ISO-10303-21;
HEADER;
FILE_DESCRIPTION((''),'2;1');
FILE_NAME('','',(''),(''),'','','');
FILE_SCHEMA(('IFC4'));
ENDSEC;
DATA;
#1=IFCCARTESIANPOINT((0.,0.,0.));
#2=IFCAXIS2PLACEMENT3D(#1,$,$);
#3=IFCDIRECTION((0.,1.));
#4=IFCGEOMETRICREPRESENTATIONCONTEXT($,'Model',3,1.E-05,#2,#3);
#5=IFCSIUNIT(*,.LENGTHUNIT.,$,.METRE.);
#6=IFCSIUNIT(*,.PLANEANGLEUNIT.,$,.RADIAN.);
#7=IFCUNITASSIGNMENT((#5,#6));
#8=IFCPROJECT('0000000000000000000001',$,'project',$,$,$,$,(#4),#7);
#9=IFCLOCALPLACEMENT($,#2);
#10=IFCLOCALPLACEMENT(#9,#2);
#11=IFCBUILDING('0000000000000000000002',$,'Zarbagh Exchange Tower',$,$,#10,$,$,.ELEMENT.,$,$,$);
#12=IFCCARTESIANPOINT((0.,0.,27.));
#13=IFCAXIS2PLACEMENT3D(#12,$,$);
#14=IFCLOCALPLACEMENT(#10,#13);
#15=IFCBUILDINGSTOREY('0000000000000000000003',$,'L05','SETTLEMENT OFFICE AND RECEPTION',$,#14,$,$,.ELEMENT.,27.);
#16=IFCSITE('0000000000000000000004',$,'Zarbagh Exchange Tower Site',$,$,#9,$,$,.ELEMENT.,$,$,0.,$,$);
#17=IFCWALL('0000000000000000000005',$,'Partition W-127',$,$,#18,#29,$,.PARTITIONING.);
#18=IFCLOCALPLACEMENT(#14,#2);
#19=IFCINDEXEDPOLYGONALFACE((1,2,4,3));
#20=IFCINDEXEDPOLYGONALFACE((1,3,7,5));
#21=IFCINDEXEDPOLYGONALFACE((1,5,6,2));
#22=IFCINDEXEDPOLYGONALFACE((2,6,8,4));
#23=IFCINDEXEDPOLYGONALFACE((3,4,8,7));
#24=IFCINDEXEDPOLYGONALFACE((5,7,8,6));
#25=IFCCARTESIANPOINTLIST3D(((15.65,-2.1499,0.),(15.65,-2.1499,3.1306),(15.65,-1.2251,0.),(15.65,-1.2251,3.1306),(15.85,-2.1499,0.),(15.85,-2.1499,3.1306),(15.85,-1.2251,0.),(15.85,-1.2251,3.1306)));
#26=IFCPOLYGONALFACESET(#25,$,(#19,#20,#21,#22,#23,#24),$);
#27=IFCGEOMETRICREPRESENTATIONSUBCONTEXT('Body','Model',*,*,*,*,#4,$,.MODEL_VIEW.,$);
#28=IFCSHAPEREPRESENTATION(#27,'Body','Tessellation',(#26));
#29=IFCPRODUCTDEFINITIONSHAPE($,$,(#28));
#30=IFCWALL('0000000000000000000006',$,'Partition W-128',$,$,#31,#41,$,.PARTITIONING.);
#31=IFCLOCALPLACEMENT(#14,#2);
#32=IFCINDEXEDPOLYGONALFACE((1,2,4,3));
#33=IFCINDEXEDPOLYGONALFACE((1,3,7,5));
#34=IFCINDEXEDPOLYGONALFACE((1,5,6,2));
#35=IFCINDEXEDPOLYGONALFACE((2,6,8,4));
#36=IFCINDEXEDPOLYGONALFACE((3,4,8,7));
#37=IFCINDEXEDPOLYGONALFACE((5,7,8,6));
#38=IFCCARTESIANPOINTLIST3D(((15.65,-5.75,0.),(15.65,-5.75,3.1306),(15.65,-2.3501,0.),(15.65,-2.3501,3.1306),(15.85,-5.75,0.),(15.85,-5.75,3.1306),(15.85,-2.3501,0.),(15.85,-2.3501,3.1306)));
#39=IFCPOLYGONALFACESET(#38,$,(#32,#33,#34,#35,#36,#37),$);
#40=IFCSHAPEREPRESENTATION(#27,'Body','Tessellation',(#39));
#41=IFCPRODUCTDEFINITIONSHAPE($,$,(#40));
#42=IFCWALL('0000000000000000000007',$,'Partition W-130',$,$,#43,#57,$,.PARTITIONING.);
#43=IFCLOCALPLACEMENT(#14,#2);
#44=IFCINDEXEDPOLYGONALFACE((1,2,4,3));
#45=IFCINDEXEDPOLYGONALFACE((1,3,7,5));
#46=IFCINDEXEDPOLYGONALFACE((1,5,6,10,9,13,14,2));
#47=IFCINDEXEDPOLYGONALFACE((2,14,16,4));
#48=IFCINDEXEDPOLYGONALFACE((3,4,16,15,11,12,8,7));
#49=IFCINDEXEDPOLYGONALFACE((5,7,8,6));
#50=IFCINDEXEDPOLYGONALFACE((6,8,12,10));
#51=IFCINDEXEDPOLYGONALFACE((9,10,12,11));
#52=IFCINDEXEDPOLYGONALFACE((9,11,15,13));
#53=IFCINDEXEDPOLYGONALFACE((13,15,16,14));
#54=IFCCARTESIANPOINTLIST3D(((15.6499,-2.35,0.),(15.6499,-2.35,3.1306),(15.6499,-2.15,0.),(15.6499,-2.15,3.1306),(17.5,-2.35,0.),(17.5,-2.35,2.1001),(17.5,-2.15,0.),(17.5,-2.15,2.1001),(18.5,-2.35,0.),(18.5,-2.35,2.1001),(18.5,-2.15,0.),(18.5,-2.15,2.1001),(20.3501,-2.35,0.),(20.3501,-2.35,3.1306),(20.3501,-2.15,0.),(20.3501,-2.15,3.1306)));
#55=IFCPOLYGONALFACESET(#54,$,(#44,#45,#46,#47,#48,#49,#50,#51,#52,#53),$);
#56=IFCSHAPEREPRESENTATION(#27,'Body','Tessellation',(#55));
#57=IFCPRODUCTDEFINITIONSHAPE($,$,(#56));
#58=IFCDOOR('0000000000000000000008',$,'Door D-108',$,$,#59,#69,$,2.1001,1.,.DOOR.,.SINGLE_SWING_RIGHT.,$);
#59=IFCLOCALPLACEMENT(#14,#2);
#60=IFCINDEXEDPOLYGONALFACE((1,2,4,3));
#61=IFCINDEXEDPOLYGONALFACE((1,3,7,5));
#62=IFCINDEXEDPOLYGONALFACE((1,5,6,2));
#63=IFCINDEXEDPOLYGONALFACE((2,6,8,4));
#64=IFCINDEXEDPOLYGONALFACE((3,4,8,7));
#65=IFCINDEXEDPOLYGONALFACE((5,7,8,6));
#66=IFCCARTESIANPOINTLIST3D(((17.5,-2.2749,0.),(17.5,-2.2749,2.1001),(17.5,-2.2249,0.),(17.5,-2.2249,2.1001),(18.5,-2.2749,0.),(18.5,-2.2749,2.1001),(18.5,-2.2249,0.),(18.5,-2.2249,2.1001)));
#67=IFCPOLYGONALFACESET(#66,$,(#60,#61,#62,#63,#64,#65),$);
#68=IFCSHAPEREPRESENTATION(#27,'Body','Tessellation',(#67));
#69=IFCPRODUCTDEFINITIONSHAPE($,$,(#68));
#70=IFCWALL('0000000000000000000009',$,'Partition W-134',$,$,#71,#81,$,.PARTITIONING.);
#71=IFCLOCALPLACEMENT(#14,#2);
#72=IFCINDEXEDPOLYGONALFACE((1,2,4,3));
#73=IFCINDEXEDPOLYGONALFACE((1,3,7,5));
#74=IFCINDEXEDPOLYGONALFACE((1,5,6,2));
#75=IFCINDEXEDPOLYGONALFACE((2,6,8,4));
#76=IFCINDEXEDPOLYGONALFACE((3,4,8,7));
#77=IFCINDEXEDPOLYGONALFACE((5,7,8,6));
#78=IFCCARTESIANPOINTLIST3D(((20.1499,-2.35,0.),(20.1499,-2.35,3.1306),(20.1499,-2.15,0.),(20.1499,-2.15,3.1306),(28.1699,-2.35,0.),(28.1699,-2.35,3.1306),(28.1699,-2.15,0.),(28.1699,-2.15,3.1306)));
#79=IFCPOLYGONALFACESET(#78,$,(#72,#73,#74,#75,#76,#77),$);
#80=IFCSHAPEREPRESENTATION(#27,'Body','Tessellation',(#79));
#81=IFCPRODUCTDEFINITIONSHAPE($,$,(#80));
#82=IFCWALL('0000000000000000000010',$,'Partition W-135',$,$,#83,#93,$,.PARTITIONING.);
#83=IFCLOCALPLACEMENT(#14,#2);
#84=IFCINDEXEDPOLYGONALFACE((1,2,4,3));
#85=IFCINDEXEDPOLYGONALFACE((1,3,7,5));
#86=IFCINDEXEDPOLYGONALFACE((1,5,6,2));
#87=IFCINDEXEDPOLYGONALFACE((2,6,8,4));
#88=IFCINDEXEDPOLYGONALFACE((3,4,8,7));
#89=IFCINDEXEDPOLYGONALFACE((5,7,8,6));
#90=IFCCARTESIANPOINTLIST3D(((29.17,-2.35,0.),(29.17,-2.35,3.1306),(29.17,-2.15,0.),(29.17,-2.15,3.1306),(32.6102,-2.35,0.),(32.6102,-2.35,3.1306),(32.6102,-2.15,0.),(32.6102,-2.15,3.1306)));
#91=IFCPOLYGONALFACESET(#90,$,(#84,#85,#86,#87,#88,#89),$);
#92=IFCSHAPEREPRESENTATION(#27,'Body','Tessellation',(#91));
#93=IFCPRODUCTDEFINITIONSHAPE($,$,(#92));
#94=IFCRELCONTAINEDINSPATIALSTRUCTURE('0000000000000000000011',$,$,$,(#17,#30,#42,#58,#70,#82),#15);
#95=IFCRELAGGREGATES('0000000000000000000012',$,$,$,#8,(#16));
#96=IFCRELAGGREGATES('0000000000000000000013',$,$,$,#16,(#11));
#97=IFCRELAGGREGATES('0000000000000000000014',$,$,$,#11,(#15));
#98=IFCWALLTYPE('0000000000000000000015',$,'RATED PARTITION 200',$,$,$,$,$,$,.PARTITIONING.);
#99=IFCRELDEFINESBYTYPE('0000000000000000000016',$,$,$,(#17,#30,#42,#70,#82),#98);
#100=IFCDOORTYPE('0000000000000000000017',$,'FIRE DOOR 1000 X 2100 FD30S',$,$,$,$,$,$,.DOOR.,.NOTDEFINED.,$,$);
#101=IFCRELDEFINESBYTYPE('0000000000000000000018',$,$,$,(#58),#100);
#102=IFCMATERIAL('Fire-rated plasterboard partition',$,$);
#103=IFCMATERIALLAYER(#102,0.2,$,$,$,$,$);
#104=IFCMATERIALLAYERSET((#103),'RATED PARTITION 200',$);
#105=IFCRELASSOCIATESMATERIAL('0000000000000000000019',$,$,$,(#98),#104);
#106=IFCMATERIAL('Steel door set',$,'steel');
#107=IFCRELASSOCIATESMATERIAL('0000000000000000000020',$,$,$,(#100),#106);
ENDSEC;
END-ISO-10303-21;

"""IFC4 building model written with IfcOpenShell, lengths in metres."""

from ifc_helpers import new_model, si_unit, direction, frame, frame_2d, origin, place, context, subcontext, project, spatial, rectangle, extrude, material, layer, layer_set, type_object, element, fill, save


model = new_model("IFC4")

# Units and contexts
model_context = context("Model", 3, precision=1e-05, world=origin(), true_north=direction((0.0, 1.0)))
body_context = subcontext(model_context, "Body", "Model", "MODEL_VIEW")
ifc_project = project(units=[si_unit("LENGTHUNIT", "METRE"), si_unit("PLANEANGLEUNIT", "RADIAN")], contexts=[model_context])

# Site, building, storey
site_placement = place(None, origin())
site = spatial("IfcSite", under=ifc_project, at=site_placement, Name="Zarbagh Exchange Tower Site", CompositionType="ELEMENT", RefElevation=0.0)
building_placement = place(site_placement, origin())
building = spatial("IfcBuilding", under=site, at=building_placement, Name="Zarbagh Exchange Tower", CompositionType="ELEMENT")
storey_placement = place(building_placement, frame((0.0, 0.0, 27.0)))
storey = spatial("IfcBuildingStorey", under=building, at=storey_placement, Name="L05", Description="SETTLEMENT OFFICE AND RECEPTION", CompositionType="ELEMENT", Elevation=27.0)

# Shared definitions
ifc_material_1 = material(Name="Fire-rated plasterboard partition")
ifc_layer_1 = layer(ifc_material_1, 0.2)
ifc_layer_set_1 = layer_set([ifc_layer_1], Name="RATED PARTITION 200")
wall_type = type_object("IfcWallType", Name="RATED PARTITION 200", PredefinedType="PARTITIONING", material=ifc_layer_set_1)
ifc_material_2 = material(Name="Steel door set", Category="steel")
door_type = type_object("IfcDoorType", Name="FIRE DOOR 1000 X 2100 FD30S", OperationType="NOTDEFINED", PredefinedType="DOOR", material=ifc_material_2)

# Walls
wall_1_placement = place(storey_placement, frame((15.75, -2.1499, 0.0), z_axis=(0.0, 0.0, 1.0), x_axis=(0.0, 1.0, 0.0)))
element("IfcWall", 1, at=wall_1_placement, inside=storey, type_object=wall_type, Name="Partition W-127", PredefinedType="PARTITIONING", context=body_context, shape_type="SweptSolid", body=[
    extrude(rectangle(XDim=0.9248, YDim=0.2, at=frame_2d((0.4624, 0.0))), origin(), (0.0, 0.0, 1.0), 3.1306),
])
wall_2_placement = place(storey_placement, frame((15.75, -5.75, 0.0), z_axis=(0.0, 0.0, 1.0), x_axis=(0.0, 1.0, 0.0)))
element("IfcWall", 2, at=wall_2_placement, inside=storey, type_object=wall_type, Name="Partition W-128", PredefinedType="PARTITIONING", context=body_context, shape_type="SweptSolid", body=[
    extrude(rectangle(XDim=3.3999, YDim=0.2, at=frame_2d((1.7, 0.0))), origin(), (0.0, 0.0, 1.0), 3.1306),
])

# Wall, opening, door
wall_3_placement = place(storey_placement, frame((20.3501, -2.25, 0.0), z_axis=(0.0, 0.0, 1.0), x_axis=(-1.0, 0.0, 0.0)))
wall_3 = element("IfcWall", 3, at=wall_3_placement, inside=storey, type_object=wall_type, Name="Partition W-130", PredefinedType="PARTITIONING", context=body_context, shape_type="SweptSolid", body=[
    extrude(rectangle(XDim=4.7002, YDim=0.2, at=frame_2d((2.3501, 0.0))), origin(), (0.0, 0.0, 1.0), 3.1306),
])
opening_1_placement = place(wall_3_placement, frame((1.8501, 0.0, 0.0)))
opening_1 = element("IfcOpeningElement", 4, at=opening_1_placement, cuts=wall_3, PredefinedType="OPENING", context=body_context, shape_type="SweptSolid", body=[
    extrude(rectangle(XDim=1.0, YDim=2.1001, at=frame_2d((0.5, 1.05))), frame((0.0, 0.1099, 0.0), z_axis=(0.0, -1.0, 0.0), x_axis=(1.0, 0.0, 0.0)), (0.0, 0.0, 1.0), 0.22),
])
door_1_placement = place(opening_1_placement, origin())
door_1 = element("IfcDoor", 5, at=door_1_placement, inside=storey, type_object=door_type, Name="Door D-108", OperationType="SINGLE_SWING_RIGHT", OverallHeight=2.1001, OverallWidth=1.0, PredefinedType="DOOR", context=body_context, shape_type="SweptSolid", body=[
    extrude(rectangle(XDim=1.0, YDim=2.1001, at=frame_2d((0.5, 1.05))), frame((0.0, 0.0249, 0.0), z_axis=(0.0, -1.0, 0.0), x_axis=(1.0, 0.0, 0.0)), (0.0, 0.0, 1.0), 0.05),
])
fill(opening_1, door_1)

# Walls
wall_4_placement = place(storey_placement, frame((20.1499, -2.25, 0.0), z_axis=(0.0, 0.0, 1.0), x_axis=(1.0, 0.0, 0.0)))
element("IfcWall", 6, at=wall_4_placement, inside=storey, type_object=wall_type, Name="Partition W-134", PredefinedType="PARTITIONING", context=body_context, shape_type="SweptSolid", body=[
    extrude(rectangle(XDim=8.02, YDim=0.2, at=frame_2d((4.01, 0.0))), origin(), (0.0, 0.0, 1.0), 3.1306),
])
wall_5_placement = place(storey_placement, frame((29.1699, -2.25, 0.0), z_axis=(0.0, 0.0, 1.0), x_axis=(1.0, 0.0, 0.0)))
element("IfcWall", 7, at=wall_5_placement, inside=storey, type_object=wall_type, Name="Partition W-135", PredefinedType="PARTITIONING", context=body_context, shape_type="SweptSolid", body=[
    extrude(rectangle(XDim=3.4402, YDim=0.2, at=frame_2d((1.7202, 0.0))), origin(), (0.0, 0.0, 1.0), 3.1306),
])

save(model, "model.ifc")
